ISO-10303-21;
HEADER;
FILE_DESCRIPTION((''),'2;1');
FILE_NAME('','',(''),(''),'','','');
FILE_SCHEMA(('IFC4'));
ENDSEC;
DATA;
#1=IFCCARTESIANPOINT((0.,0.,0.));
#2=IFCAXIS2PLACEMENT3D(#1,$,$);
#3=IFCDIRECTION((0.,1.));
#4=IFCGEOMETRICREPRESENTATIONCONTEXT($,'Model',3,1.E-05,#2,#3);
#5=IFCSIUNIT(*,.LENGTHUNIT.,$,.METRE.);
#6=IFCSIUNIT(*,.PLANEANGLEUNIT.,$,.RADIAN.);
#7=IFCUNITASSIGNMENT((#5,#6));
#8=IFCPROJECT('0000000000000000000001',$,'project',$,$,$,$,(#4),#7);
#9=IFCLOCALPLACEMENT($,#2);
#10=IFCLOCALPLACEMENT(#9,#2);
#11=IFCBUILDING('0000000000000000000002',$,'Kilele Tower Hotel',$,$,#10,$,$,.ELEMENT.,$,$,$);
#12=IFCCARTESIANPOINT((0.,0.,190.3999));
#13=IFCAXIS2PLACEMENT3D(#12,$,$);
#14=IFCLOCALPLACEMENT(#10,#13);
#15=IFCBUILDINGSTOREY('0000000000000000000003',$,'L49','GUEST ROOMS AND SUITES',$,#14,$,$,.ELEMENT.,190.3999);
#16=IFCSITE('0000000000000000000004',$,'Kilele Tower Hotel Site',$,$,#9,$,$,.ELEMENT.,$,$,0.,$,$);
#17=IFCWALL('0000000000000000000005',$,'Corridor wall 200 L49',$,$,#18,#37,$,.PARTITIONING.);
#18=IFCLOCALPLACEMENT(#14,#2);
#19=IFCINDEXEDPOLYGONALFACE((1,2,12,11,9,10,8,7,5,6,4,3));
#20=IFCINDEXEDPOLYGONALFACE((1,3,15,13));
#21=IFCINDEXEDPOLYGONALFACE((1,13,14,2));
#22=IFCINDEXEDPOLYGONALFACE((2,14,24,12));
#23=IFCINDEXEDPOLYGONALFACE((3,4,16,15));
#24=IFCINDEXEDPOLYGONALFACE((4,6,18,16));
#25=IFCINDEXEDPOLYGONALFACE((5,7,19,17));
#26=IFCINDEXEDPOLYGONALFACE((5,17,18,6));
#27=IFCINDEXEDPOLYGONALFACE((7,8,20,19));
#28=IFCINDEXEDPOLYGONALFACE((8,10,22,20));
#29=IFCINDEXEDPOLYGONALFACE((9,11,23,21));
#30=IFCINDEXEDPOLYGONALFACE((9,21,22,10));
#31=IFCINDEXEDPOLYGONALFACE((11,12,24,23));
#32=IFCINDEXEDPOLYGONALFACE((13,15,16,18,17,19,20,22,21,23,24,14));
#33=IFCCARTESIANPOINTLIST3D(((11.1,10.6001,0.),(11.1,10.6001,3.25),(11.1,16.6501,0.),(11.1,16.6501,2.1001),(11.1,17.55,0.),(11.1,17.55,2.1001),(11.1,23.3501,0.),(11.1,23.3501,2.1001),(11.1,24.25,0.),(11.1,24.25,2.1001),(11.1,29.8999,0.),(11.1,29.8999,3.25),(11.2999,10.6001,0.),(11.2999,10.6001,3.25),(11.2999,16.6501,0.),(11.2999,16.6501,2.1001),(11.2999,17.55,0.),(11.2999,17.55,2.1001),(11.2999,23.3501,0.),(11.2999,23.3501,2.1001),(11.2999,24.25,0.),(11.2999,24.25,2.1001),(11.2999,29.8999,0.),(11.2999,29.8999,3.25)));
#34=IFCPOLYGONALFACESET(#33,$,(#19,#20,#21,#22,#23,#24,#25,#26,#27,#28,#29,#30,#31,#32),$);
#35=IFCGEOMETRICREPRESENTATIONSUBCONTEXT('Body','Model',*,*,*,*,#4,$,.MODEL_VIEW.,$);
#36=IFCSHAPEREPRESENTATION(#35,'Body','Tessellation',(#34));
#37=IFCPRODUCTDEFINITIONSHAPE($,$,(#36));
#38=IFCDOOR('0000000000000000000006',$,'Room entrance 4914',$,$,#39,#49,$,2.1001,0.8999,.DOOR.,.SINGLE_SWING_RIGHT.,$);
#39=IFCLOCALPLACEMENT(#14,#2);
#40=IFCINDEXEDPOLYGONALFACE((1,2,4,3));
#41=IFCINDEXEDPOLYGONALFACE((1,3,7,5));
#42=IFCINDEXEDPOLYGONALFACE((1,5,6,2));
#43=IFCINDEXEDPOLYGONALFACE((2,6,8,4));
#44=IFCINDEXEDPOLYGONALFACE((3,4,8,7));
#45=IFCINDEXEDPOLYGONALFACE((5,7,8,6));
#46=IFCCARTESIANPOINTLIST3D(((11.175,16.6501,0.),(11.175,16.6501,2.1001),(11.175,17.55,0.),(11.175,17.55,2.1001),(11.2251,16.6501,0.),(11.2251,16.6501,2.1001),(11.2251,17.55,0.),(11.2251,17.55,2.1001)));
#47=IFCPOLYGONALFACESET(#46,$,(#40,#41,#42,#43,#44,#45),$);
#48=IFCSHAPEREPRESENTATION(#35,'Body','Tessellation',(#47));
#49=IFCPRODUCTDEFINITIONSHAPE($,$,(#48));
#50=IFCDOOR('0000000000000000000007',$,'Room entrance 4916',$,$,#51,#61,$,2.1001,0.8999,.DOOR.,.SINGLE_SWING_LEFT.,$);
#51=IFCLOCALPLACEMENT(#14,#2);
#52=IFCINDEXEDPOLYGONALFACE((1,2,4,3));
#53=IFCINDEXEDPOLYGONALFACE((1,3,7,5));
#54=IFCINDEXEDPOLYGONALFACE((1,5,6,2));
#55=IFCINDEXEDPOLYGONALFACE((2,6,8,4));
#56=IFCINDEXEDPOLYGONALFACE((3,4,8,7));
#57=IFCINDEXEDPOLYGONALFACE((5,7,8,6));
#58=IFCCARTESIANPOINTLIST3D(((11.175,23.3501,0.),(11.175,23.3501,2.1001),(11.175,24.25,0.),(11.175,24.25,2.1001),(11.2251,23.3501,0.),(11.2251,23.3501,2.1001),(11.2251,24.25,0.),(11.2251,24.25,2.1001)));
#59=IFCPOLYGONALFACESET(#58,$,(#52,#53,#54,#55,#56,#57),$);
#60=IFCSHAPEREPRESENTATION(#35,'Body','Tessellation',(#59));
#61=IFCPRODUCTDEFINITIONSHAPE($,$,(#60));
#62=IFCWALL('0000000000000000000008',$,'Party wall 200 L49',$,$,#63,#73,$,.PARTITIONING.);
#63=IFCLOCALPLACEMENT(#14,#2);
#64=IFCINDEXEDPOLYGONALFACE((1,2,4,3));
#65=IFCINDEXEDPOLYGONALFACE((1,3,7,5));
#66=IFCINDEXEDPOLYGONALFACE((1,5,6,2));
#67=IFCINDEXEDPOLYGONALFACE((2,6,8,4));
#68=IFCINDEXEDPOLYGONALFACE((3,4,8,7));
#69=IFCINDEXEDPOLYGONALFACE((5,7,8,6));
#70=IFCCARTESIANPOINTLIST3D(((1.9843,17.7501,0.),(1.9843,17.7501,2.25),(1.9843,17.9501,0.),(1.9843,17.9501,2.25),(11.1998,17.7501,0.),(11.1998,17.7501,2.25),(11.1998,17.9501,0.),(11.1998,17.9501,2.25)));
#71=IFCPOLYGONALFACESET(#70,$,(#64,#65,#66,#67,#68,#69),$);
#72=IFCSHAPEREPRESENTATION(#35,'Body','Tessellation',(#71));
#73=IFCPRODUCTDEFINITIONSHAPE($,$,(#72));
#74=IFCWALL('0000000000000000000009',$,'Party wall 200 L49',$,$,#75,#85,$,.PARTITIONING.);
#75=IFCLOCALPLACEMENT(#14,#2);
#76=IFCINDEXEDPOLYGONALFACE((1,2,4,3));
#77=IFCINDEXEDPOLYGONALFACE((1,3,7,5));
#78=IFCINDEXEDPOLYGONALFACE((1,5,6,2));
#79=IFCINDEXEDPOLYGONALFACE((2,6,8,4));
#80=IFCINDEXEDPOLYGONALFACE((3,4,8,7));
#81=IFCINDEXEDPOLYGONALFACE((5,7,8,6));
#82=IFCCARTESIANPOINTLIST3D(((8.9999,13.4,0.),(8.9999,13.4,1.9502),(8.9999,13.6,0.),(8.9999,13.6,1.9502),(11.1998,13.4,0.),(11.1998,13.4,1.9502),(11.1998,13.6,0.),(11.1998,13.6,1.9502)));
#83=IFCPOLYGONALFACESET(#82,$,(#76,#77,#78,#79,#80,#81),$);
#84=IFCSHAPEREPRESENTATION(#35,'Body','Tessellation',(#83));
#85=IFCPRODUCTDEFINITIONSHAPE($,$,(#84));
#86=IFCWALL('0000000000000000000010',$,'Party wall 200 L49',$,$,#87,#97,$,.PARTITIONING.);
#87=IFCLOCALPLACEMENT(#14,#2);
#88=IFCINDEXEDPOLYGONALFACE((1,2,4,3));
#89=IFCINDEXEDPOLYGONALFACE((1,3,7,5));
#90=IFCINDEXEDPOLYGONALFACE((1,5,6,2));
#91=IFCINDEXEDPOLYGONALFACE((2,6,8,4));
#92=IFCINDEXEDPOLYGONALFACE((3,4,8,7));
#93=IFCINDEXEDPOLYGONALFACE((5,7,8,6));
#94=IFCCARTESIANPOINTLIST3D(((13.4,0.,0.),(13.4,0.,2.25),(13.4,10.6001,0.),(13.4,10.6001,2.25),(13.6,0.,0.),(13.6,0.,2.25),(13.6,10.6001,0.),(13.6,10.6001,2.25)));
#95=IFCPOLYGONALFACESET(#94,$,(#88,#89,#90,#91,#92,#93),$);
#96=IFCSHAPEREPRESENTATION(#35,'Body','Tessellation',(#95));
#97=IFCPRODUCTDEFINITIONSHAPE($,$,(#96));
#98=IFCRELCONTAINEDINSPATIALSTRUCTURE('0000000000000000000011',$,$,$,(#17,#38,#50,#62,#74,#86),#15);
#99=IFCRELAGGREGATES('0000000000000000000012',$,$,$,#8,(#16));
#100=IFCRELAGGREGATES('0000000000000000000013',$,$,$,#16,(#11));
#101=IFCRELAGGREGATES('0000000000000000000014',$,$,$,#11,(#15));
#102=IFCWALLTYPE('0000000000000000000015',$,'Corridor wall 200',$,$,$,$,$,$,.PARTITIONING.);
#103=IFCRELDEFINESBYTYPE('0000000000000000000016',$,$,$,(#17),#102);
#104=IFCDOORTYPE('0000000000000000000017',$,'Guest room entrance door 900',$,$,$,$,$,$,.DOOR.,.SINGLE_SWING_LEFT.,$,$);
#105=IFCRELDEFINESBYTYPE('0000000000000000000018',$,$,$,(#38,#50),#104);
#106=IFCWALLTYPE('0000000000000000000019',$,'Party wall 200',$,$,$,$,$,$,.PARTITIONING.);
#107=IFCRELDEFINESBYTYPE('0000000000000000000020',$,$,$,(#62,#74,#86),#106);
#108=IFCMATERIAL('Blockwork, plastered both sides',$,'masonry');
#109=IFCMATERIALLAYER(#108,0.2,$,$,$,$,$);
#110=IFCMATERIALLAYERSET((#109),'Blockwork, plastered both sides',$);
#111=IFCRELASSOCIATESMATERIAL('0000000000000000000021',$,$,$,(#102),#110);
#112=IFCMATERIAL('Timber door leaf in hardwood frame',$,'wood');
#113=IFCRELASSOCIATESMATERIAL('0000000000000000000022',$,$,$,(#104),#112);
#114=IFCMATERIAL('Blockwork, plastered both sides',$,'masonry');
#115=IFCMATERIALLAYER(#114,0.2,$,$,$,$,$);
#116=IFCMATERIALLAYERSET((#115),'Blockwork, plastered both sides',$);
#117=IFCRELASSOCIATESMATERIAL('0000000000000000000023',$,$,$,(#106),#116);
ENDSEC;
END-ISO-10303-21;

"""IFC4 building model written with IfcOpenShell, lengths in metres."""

from ifc_helpers import new_model, si_unit, direction, frame, frame_2d, origin, place, context, subcontext, project, spatial, rectangle, extrude, material, layer, layer_set, type_object, element, fill, save


model = new_model("IFC4")

# Units and contexts
model_context = context("Model", 3, precision=1e-05, world=origin(), true_north=direction((0.0, 1.0)))
body_context = subcontext(model_context, "Body", "Model", "MODEL_VIEW")
ifc_project = project(units=[si_unit("LENGTHUNIT", "METRE"), si_unit("PLANEANGLEUNIT", "RADIAN")], contexts=[model_context])

# Site, building, storey
site_placement = place(None, origin())
site = spatial("IfcSite", under=ifc_project, at=site_placement, Name="Kilele Tower Hotel Site", CompositionType="ELEMENT", RefElevation=0.0)
building_placement = place(site_placement, origin())
building = spatial("IfcBuilding", under=site, at=building_placement, Name="Kilele Tower Hotel", CompositionType="ELEMENT")
storey_placement = place(building_placement, frame((0.0, 0.0, 190.3999)))
storey = spatial("IfcBuildingStorey", under=building, at=storey_placement, Name="L49", Description="GUEST ROOMS AND SUITES", CompositionType="ELEMENT", Elevation=190.3999)

# Wall, openings, doors
ifc_material_1 = material(Name="Blockwork, plastered both sides", Category="masonry")
ifc_layer_1 = layer(ifc_material_1, 0.2)
ifc_layer_set_1 = layer_set([ifc_layer_1], Name="Blockwork, plastered both sides")
wall_type_1 = type_object("IfcWallType", Name="Corridor wall 200", PredefinedType="PARTITIONING", material=ifc_layer_set_1)
ifc_material_2 = material(Name="Timber door leaf in hardwood frame", Category="wood")
door_type_1 = type_object("IfcDoorType", Name="Guest room entrance door 900", OperationType="SINGLE_SWING_LEFT", PredefinedType="DOOR", material=ifc_material_2)
wall_1_placement = place(storey_placement, frame((11.2, 10.6001, 0.0), z_axis=(0.0, 0.0, 1.0), x_axis=(0.0, 1.0, 0.0)))
wall_1 = element("IfcWall", 1, at=wall_1_placement, inside=storey, type_object=wall_type_1, Name="Corridor wall 200 L49", PredefinedType="PARTITIONING", context=body_context, shape_type="SweptSolid", body=[
    extrude(rectangle(XDim=19.2998, YDim=0.2, at=frame_2d((9.6499, 0.0))), origin(), (0.0, 0.0, 1.0), 3.25),
])
opening_1_placement = place(wall_1_placement, frame((6.05, 0.0, 0.0)))
opening_1 = element("IfcOpeningElement", 2, at=opening_1_placement, cuts=wall_1, PredefinedType="OPENING", context=body_context, shape_type="SweptSolid", body=[
    extrude(rectangle(XDim=0.8999, YDim=2.1001, at=frame_2d((0.45, 1.05))), frame((0.0, 0.1099, 0.0), z_axis=(0.0, -1.0, 0.0), x_axis=(1.0, 0.0, 0.0)), (0.0, 0.0, 1.0), 0.22),
])
opening_2_placement = place(wall_1_placement, frame((12.75, 0.0, 0.0)))
opening_2 = element("IfcOpeningElement", 3, at=opening_2_placement, cuts=wall_1, PredefinedType="OPENING", context=body_context, shape_type="SweptSolid", body=[
    extrude(rectangle(XDim=0.8999, YDim=2.1001, at=frame_2d((0.45, 1.05))), frame((0.0, 0.1099, 0.0), z_axis=(0.0, -1.0, 0.0), x_axis=(1.0, 0.0, 0.0)), (0.0, 0.0, 1.0), 0.22),
])
door_1_placement = place(opening_1_placement, origin())
door_1 = element("IfcDoor", 4, at=door_1_placement, inside=storey, type_object=door_type_1, Name="Room entrance 4914", OperationType="SINGLE_SWING_RIGHT", OverallHeight=2.1001, OverallWidth=0.8999, PredefinedType="DOOR", context=body_context, shape_type="SweptSolid", body=[
    extrude(rectangle(XDim=0.8999, YDim=2.1001, at=frame_2d((0.45, 1.05))), frame((0.0, 0.0249, 0.0), z_axis=(0.0, -1.0, 0.0), x_axis=(1.0, 0.0, 0.0)), (0.0, 0.0, 1.0), 0.05),
])
fill(opening_1, door_1)
door_2_placement = place(opening_2_placement, origin())
door_2 = element("IfcDoor", 5, at=door_2_placement, inside=storey, type_object=door_type_1, Name="Room entrance 4916", OperationType="SINGLE_SWING_LEFT", OverallHeight=2.1001, OverallWidth=0.8999, PredefinedType="DOOR", context=body_context, shape_type="SweptSolid", body=[
    extrude(rectangle(XDim=0.8999, YDim=2.1001, at=frame_2d((0.45, 1.05))), frame((0.0, 0.0249, 0.0), z_axis=(0.0, -1.0, 0.0), x_axis=(1.0, 0.0, 0.0)), (0.0, 0.0, 1.0), 0.05),
])
fill(opening_2, door_2)

# Walls
ifc_material_3 = material(Name="Blockwork, plastered both sides", Category="masonry")
ifc_layer_2 = layer(ifc_material_3, 0.2)
ifc_layer_set_2 = layer_set([ifc_layer_2], Name="Blockwork, plastered both sides")
wall_type_2 = type_object("IfcWallType", Name="Party wall 200", PredefinedType="PARTITIONING", material=ifc_layer_set_2)
wall_2_placement = place(storey_placement, frame((11.2, 17.8501, 0.0), z_axis=(0.0, 0.0, 1.0), x_axis=(-1.0, 0.0, 0.0)))
element("IfcWall", 6, at=wall_2_placement, inside=storey, type_object=wall_type_2, Name="Party wall 200 L49", PredefinedType="PARTITIONING", context=body_context, shape_type="SweptSolid", body=[
    extrude(rectangle(XDim=9.2156, YDim=0.2, at=frame_2d((4.6079, 0.0))), origin(), (0.0, 0.0, 1.0), 2.25),
])
wall_3_placement = place(storey_placement, frame((11.2, 13.5, 0.0), z_axis=(0.0, 0.0, 1.0), x_axis=(-1.0, 0.0, 0.0)))
element("IfcWall", 7, at=wall_3_placement, inside=storey, type_object=wall_type_2, Name="Party wall 200 L49", PredefinedType="PARTITIONING", context=body_context, shape_type="SweptSolid", body=[
    extrude(rectangle(XDim=2.2, YDim=0.2, at=frame_2d((1.1001, 0.0))), origin(), (0.0, 0.0, 1.0), 1.9502),
])
wall_4_placement = place(storey_placement, frame((13.5, 10.6001, 0.0), z_axis=(0.0, 0.0, 1.0), x_axis=(0.0, -1.0, 0.0)))
element("IfcWall", 8, at=wall_4_placement, inside=storey, type_object=wall_type_2, Name="Party wall 200 L49", PredefinedType="PARTITIONING", context=body_context, shape_type="SweptSolid", body=[
    extrude(rectangle(XDim=10.6001, YDim=0.2, at=frame_2d((5.3, 0.0))), origin(), (0.0, 0.0, 1.0), 2.25),
])

save(model, "model.ifc")
